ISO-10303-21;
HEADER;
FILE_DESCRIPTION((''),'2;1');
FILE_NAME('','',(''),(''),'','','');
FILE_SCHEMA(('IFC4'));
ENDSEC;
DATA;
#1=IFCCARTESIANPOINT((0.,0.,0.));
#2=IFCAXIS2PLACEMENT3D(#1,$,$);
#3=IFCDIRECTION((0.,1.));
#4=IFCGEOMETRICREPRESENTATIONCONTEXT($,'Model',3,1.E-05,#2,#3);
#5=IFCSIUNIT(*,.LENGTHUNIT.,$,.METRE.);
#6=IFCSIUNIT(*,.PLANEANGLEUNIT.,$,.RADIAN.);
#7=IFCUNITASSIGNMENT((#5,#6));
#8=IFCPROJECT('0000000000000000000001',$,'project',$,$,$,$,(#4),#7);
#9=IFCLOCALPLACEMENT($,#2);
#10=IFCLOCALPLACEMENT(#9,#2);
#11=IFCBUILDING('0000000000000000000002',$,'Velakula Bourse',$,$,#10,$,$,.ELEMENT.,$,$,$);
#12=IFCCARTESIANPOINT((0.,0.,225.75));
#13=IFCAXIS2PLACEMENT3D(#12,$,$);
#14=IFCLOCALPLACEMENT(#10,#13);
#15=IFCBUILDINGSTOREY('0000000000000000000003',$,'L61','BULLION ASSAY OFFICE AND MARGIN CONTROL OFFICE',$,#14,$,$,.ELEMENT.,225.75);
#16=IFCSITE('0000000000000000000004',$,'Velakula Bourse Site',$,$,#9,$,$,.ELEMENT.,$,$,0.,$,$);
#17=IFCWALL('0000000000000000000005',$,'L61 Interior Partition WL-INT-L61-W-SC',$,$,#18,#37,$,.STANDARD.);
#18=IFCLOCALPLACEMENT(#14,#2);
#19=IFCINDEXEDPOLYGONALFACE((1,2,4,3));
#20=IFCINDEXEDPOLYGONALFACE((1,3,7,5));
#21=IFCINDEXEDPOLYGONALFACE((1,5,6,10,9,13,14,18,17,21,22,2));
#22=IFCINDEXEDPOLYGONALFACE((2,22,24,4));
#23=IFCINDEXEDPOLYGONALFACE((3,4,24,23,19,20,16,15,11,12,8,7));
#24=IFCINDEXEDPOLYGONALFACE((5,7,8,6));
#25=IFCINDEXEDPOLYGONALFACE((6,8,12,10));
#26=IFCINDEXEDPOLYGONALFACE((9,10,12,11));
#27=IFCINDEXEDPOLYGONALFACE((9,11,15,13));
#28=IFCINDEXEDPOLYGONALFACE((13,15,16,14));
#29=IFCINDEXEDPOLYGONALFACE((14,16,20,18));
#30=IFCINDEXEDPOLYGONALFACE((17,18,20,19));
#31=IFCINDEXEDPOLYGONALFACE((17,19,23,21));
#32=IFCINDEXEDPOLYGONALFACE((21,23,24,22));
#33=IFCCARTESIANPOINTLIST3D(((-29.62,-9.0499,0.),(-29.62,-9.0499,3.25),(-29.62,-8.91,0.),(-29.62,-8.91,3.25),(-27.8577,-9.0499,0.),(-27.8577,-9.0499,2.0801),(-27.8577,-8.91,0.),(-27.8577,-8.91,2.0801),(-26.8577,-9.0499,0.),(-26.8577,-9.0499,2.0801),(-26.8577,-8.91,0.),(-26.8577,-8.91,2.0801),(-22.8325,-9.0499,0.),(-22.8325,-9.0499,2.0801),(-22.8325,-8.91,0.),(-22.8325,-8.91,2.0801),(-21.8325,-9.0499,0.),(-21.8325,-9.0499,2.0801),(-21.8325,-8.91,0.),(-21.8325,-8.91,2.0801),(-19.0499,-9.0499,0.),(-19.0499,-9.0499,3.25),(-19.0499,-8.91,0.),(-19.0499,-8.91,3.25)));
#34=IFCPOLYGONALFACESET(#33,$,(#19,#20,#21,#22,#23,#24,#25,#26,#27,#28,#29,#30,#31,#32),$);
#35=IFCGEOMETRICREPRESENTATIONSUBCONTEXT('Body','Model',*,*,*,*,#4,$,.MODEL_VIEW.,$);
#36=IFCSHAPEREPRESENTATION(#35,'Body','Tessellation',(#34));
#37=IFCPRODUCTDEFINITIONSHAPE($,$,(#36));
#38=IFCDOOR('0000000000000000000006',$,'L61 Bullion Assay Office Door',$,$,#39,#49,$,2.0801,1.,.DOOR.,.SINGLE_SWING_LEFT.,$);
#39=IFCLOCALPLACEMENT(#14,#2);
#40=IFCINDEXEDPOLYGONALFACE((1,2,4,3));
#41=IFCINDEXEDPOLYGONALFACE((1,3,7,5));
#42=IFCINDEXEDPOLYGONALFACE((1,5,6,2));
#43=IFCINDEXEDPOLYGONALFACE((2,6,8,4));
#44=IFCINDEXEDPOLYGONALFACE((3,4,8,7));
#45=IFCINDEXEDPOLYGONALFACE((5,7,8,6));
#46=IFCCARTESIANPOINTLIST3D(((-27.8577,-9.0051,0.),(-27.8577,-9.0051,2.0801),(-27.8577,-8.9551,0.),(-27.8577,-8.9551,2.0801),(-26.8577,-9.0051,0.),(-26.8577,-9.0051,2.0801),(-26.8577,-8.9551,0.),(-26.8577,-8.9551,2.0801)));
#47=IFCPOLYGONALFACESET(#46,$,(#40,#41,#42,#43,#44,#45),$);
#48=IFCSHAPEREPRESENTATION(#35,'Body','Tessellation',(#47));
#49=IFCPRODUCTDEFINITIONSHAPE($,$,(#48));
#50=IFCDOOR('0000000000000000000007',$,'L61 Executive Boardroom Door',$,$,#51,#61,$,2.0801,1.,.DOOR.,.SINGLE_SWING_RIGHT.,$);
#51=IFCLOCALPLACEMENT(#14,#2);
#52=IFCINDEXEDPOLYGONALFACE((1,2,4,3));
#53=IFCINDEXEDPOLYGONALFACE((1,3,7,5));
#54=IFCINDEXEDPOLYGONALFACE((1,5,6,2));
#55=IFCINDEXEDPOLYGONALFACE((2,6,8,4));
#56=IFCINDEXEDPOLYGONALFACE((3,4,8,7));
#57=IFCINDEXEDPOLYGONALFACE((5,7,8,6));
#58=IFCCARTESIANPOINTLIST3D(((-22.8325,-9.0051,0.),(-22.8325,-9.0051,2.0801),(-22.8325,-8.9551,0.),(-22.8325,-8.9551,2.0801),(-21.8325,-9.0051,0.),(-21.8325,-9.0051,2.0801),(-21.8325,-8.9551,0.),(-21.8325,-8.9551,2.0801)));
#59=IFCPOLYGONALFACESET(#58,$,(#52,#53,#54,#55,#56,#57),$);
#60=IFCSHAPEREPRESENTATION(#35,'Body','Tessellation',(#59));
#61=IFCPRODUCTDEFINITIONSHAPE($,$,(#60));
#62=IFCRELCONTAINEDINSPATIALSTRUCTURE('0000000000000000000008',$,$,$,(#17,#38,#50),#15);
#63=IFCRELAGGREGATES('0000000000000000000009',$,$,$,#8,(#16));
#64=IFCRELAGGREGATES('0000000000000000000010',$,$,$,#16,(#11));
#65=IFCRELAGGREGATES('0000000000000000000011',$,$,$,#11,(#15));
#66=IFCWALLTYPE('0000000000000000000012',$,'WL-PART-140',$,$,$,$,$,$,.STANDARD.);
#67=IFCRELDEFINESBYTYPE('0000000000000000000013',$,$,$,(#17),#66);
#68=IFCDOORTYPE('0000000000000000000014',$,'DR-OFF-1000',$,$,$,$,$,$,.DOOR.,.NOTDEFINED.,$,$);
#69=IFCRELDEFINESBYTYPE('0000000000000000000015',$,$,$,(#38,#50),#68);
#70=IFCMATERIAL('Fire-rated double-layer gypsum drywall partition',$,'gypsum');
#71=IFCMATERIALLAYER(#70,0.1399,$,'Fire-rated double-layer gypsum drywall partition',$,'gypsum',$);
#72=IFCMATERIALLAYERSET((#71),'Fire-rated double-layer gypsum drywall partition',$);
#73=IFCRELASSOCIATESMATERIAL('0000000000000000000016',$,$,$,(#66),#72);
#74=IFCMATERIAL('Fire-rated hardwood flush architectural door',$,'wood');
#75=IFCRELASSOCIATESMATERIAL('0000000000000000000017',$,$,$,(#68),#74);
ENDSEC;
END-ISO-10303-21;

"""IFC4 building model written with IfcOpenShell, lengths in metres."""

from ifc_helpers import new_model, si_unit, direction, frame, frame_2d, origin, place, context, subcontext, project, spatial, rectangle, extrude, material, layer, layer_set, type_object, element, fill, save


model = new_model("IFC4")

# Units and contexts
model_context = context("Model", 3, precision=1e-05, world=origin(), true_north=direction((0.0, 1.0)))
body_context = subcontext(model_context, "Body", "Model", "MODEL_VIEW")
ifc_project = project(units=[si_unit("LENGTHUNIT", "METRE"), si_unit("PLANEANGLEUNIT", "RADIAN")], contexts=[model_context])

# Site, building, storey
site_placement = place(None, origin())
site = spatial("IfcSite", under=ifc_project, at=site_placement, Name="Velakula Bourse Site", CompositionType="ELEMENT", RefElevation=0.0)
building_placement = place(site_placement, origin())
building = spatial("IfcBuilding", under=site, at=building_placement, Name="Velakula Bourse", CompositionType="ELEMENT")
storey_placement = place(building_placement, frame((0.0, 0.0, 225.75)))
storey = spatial("IfcBuildingStorey", under=building, at=storey_placement, Name="L61", Description="BULLION ASSAY OFFICE AND MARGIN CONTROL OFFICE", CompositionType="ELEMENT", Elevation=225.75)

# Shared definitions
ifc_material_1 = material(Name="Fire-rated double-layer gypsum drywall partition", Category="gypsum")

# Wall, openings, doors
ifc_layer_1 = layer(ifc_material_1, 0.1399, Name="Fire-rated double-layer gypsum drywall partition", Category="gypsum")
ifc_layer_set_1 = layer_set([ifc_layer_1], Name="Fire-rated double-layer gypsum drywall partition")
wall_type_1 = type_object("IfcWallType", Name="WL-PART-140", PredefinedType="STANDARD", material=ifc_layer_set_1)
ifc_material_2 = material(Name="Fire-rated hardwood flush architectural door", Category="wood")
door_type_1 = type_object("IfcDoorType", Name="DR-OFF-1000", OperationType="NOTDEFINED", PredefinedType="DOOR", material=ifc_material_2)
wall_1_placement = place(storey_placement, frame((-29.6201, -8.98, 0.0), z_axis=(0.0, 0.0, 1.0), x_axis=(1.0, 0.0, 0.0)))
wall_1 = element("IfcWall", 1, at=wall_1_placement, inside=storey, type_object=wall_type_1, Name="L61 Interior Partition WL-INT-L61-W-SC", PredefinedType="STANDARD", context=body_context, shape_type="SweptSolid", body=[
    extrude(rectangle(XDim=10.5701, YDim=0.1399, at=frame_2d((5.2852, 0.0))), origin(), (0.0, 0.0, 1.0), 3.25),
])
opening_1_placement = place(wall_1_placement, frame((1.7625, 0.0, 0.0)))
opening_1 = element("IfcOpeningElement", 2, at=opening_1_placement, cuts=wall_1, PredefinedType="OPENING", context=body_context, shape_type="SweptSolid", body=[
    extrude(rectangle(XDim=1.0, YDim=2.0801, at=frame_2d((0.5, 1.04))), frame((0.0, 0.0798, 0.0), z_axis=(0.0, -1.0, 0.0), x_axis=(1.0, 0.0, 0.0)), (0.0, 0.0, 1.0), 0.1599),
])
opening_2_placement = place(wall_1_placement, frame((6.7876, 0.0, 0.0)))
opening_2 = element("IfcOpeningElement", 3, at=opening_2_placement, cuts=wall_1, PredefinedType="OPENING", context=body_context, shape_type="SweptSolid", body=[
    extrude(rectangle(XDim=1.0, YDim=2.0801, at=frame_2d((0.5, 1.04))), frame((0.0, 0.0798, 0.0), z_axis=(0.0, -1.0, 0.0), x_axis=(1.0, 0.0, 0.0)), (0.0, 0.0, 1.0), 0.1599),
])
door_1_placement = place(opening_1_placement, origin())
door_1 = element("IfcDoor", 4, at=door_1_placement, inside=storey, type_object=door_type_1, Name="L61 Bullion Assay Office Door", OperationType="SINGLE_SWING_LEFT", OverallHeight=2.0801, OverallWidth=1.0, PredefinedType="DOOR", context=body_context, shape_type="SweptSolid", body=[
    extrude(rectangle(XDim=1.0, YDim=2.0801, at=frame_2d((0.5, 1.04))), frame((0.0, 0.0249, 0.0), z_axis=(0.0, -1.0, 0.0), x_axis=(1.0, 0.0, 0.0)), (0.0, 0.0, 1.0), 0.05),
])
fill(opening_1, door_1)
door_2_placement = place(opening_2_placement, origin())
door_2 = element("IfcDoor", 5, at=door_2_placement, inside=storey, type_object=door_type_1, Name="L61 Executive Boardroom Door", OperationType="SINGLE_SWING_RIGHT", OverallHeight=2.0801, OverallWidth=1.0, PredefinedType="DOOR", context=body_context, shape_type="SweptSolid", body=[
    extrude(rectangle(XDim=1.0, YDim=2.0801, at=frame_2d((0.5, 1.04))), frame((0.0, 0.0249, 0.0), z_axis=(0.0, -1.0, 0.0), x_axis=(1.0, 0.0, 0.0)), (0.0, 0.0, 1.0), 0.05),
])
fill(opening_2, door_2)

save(model, "model.ifc")
